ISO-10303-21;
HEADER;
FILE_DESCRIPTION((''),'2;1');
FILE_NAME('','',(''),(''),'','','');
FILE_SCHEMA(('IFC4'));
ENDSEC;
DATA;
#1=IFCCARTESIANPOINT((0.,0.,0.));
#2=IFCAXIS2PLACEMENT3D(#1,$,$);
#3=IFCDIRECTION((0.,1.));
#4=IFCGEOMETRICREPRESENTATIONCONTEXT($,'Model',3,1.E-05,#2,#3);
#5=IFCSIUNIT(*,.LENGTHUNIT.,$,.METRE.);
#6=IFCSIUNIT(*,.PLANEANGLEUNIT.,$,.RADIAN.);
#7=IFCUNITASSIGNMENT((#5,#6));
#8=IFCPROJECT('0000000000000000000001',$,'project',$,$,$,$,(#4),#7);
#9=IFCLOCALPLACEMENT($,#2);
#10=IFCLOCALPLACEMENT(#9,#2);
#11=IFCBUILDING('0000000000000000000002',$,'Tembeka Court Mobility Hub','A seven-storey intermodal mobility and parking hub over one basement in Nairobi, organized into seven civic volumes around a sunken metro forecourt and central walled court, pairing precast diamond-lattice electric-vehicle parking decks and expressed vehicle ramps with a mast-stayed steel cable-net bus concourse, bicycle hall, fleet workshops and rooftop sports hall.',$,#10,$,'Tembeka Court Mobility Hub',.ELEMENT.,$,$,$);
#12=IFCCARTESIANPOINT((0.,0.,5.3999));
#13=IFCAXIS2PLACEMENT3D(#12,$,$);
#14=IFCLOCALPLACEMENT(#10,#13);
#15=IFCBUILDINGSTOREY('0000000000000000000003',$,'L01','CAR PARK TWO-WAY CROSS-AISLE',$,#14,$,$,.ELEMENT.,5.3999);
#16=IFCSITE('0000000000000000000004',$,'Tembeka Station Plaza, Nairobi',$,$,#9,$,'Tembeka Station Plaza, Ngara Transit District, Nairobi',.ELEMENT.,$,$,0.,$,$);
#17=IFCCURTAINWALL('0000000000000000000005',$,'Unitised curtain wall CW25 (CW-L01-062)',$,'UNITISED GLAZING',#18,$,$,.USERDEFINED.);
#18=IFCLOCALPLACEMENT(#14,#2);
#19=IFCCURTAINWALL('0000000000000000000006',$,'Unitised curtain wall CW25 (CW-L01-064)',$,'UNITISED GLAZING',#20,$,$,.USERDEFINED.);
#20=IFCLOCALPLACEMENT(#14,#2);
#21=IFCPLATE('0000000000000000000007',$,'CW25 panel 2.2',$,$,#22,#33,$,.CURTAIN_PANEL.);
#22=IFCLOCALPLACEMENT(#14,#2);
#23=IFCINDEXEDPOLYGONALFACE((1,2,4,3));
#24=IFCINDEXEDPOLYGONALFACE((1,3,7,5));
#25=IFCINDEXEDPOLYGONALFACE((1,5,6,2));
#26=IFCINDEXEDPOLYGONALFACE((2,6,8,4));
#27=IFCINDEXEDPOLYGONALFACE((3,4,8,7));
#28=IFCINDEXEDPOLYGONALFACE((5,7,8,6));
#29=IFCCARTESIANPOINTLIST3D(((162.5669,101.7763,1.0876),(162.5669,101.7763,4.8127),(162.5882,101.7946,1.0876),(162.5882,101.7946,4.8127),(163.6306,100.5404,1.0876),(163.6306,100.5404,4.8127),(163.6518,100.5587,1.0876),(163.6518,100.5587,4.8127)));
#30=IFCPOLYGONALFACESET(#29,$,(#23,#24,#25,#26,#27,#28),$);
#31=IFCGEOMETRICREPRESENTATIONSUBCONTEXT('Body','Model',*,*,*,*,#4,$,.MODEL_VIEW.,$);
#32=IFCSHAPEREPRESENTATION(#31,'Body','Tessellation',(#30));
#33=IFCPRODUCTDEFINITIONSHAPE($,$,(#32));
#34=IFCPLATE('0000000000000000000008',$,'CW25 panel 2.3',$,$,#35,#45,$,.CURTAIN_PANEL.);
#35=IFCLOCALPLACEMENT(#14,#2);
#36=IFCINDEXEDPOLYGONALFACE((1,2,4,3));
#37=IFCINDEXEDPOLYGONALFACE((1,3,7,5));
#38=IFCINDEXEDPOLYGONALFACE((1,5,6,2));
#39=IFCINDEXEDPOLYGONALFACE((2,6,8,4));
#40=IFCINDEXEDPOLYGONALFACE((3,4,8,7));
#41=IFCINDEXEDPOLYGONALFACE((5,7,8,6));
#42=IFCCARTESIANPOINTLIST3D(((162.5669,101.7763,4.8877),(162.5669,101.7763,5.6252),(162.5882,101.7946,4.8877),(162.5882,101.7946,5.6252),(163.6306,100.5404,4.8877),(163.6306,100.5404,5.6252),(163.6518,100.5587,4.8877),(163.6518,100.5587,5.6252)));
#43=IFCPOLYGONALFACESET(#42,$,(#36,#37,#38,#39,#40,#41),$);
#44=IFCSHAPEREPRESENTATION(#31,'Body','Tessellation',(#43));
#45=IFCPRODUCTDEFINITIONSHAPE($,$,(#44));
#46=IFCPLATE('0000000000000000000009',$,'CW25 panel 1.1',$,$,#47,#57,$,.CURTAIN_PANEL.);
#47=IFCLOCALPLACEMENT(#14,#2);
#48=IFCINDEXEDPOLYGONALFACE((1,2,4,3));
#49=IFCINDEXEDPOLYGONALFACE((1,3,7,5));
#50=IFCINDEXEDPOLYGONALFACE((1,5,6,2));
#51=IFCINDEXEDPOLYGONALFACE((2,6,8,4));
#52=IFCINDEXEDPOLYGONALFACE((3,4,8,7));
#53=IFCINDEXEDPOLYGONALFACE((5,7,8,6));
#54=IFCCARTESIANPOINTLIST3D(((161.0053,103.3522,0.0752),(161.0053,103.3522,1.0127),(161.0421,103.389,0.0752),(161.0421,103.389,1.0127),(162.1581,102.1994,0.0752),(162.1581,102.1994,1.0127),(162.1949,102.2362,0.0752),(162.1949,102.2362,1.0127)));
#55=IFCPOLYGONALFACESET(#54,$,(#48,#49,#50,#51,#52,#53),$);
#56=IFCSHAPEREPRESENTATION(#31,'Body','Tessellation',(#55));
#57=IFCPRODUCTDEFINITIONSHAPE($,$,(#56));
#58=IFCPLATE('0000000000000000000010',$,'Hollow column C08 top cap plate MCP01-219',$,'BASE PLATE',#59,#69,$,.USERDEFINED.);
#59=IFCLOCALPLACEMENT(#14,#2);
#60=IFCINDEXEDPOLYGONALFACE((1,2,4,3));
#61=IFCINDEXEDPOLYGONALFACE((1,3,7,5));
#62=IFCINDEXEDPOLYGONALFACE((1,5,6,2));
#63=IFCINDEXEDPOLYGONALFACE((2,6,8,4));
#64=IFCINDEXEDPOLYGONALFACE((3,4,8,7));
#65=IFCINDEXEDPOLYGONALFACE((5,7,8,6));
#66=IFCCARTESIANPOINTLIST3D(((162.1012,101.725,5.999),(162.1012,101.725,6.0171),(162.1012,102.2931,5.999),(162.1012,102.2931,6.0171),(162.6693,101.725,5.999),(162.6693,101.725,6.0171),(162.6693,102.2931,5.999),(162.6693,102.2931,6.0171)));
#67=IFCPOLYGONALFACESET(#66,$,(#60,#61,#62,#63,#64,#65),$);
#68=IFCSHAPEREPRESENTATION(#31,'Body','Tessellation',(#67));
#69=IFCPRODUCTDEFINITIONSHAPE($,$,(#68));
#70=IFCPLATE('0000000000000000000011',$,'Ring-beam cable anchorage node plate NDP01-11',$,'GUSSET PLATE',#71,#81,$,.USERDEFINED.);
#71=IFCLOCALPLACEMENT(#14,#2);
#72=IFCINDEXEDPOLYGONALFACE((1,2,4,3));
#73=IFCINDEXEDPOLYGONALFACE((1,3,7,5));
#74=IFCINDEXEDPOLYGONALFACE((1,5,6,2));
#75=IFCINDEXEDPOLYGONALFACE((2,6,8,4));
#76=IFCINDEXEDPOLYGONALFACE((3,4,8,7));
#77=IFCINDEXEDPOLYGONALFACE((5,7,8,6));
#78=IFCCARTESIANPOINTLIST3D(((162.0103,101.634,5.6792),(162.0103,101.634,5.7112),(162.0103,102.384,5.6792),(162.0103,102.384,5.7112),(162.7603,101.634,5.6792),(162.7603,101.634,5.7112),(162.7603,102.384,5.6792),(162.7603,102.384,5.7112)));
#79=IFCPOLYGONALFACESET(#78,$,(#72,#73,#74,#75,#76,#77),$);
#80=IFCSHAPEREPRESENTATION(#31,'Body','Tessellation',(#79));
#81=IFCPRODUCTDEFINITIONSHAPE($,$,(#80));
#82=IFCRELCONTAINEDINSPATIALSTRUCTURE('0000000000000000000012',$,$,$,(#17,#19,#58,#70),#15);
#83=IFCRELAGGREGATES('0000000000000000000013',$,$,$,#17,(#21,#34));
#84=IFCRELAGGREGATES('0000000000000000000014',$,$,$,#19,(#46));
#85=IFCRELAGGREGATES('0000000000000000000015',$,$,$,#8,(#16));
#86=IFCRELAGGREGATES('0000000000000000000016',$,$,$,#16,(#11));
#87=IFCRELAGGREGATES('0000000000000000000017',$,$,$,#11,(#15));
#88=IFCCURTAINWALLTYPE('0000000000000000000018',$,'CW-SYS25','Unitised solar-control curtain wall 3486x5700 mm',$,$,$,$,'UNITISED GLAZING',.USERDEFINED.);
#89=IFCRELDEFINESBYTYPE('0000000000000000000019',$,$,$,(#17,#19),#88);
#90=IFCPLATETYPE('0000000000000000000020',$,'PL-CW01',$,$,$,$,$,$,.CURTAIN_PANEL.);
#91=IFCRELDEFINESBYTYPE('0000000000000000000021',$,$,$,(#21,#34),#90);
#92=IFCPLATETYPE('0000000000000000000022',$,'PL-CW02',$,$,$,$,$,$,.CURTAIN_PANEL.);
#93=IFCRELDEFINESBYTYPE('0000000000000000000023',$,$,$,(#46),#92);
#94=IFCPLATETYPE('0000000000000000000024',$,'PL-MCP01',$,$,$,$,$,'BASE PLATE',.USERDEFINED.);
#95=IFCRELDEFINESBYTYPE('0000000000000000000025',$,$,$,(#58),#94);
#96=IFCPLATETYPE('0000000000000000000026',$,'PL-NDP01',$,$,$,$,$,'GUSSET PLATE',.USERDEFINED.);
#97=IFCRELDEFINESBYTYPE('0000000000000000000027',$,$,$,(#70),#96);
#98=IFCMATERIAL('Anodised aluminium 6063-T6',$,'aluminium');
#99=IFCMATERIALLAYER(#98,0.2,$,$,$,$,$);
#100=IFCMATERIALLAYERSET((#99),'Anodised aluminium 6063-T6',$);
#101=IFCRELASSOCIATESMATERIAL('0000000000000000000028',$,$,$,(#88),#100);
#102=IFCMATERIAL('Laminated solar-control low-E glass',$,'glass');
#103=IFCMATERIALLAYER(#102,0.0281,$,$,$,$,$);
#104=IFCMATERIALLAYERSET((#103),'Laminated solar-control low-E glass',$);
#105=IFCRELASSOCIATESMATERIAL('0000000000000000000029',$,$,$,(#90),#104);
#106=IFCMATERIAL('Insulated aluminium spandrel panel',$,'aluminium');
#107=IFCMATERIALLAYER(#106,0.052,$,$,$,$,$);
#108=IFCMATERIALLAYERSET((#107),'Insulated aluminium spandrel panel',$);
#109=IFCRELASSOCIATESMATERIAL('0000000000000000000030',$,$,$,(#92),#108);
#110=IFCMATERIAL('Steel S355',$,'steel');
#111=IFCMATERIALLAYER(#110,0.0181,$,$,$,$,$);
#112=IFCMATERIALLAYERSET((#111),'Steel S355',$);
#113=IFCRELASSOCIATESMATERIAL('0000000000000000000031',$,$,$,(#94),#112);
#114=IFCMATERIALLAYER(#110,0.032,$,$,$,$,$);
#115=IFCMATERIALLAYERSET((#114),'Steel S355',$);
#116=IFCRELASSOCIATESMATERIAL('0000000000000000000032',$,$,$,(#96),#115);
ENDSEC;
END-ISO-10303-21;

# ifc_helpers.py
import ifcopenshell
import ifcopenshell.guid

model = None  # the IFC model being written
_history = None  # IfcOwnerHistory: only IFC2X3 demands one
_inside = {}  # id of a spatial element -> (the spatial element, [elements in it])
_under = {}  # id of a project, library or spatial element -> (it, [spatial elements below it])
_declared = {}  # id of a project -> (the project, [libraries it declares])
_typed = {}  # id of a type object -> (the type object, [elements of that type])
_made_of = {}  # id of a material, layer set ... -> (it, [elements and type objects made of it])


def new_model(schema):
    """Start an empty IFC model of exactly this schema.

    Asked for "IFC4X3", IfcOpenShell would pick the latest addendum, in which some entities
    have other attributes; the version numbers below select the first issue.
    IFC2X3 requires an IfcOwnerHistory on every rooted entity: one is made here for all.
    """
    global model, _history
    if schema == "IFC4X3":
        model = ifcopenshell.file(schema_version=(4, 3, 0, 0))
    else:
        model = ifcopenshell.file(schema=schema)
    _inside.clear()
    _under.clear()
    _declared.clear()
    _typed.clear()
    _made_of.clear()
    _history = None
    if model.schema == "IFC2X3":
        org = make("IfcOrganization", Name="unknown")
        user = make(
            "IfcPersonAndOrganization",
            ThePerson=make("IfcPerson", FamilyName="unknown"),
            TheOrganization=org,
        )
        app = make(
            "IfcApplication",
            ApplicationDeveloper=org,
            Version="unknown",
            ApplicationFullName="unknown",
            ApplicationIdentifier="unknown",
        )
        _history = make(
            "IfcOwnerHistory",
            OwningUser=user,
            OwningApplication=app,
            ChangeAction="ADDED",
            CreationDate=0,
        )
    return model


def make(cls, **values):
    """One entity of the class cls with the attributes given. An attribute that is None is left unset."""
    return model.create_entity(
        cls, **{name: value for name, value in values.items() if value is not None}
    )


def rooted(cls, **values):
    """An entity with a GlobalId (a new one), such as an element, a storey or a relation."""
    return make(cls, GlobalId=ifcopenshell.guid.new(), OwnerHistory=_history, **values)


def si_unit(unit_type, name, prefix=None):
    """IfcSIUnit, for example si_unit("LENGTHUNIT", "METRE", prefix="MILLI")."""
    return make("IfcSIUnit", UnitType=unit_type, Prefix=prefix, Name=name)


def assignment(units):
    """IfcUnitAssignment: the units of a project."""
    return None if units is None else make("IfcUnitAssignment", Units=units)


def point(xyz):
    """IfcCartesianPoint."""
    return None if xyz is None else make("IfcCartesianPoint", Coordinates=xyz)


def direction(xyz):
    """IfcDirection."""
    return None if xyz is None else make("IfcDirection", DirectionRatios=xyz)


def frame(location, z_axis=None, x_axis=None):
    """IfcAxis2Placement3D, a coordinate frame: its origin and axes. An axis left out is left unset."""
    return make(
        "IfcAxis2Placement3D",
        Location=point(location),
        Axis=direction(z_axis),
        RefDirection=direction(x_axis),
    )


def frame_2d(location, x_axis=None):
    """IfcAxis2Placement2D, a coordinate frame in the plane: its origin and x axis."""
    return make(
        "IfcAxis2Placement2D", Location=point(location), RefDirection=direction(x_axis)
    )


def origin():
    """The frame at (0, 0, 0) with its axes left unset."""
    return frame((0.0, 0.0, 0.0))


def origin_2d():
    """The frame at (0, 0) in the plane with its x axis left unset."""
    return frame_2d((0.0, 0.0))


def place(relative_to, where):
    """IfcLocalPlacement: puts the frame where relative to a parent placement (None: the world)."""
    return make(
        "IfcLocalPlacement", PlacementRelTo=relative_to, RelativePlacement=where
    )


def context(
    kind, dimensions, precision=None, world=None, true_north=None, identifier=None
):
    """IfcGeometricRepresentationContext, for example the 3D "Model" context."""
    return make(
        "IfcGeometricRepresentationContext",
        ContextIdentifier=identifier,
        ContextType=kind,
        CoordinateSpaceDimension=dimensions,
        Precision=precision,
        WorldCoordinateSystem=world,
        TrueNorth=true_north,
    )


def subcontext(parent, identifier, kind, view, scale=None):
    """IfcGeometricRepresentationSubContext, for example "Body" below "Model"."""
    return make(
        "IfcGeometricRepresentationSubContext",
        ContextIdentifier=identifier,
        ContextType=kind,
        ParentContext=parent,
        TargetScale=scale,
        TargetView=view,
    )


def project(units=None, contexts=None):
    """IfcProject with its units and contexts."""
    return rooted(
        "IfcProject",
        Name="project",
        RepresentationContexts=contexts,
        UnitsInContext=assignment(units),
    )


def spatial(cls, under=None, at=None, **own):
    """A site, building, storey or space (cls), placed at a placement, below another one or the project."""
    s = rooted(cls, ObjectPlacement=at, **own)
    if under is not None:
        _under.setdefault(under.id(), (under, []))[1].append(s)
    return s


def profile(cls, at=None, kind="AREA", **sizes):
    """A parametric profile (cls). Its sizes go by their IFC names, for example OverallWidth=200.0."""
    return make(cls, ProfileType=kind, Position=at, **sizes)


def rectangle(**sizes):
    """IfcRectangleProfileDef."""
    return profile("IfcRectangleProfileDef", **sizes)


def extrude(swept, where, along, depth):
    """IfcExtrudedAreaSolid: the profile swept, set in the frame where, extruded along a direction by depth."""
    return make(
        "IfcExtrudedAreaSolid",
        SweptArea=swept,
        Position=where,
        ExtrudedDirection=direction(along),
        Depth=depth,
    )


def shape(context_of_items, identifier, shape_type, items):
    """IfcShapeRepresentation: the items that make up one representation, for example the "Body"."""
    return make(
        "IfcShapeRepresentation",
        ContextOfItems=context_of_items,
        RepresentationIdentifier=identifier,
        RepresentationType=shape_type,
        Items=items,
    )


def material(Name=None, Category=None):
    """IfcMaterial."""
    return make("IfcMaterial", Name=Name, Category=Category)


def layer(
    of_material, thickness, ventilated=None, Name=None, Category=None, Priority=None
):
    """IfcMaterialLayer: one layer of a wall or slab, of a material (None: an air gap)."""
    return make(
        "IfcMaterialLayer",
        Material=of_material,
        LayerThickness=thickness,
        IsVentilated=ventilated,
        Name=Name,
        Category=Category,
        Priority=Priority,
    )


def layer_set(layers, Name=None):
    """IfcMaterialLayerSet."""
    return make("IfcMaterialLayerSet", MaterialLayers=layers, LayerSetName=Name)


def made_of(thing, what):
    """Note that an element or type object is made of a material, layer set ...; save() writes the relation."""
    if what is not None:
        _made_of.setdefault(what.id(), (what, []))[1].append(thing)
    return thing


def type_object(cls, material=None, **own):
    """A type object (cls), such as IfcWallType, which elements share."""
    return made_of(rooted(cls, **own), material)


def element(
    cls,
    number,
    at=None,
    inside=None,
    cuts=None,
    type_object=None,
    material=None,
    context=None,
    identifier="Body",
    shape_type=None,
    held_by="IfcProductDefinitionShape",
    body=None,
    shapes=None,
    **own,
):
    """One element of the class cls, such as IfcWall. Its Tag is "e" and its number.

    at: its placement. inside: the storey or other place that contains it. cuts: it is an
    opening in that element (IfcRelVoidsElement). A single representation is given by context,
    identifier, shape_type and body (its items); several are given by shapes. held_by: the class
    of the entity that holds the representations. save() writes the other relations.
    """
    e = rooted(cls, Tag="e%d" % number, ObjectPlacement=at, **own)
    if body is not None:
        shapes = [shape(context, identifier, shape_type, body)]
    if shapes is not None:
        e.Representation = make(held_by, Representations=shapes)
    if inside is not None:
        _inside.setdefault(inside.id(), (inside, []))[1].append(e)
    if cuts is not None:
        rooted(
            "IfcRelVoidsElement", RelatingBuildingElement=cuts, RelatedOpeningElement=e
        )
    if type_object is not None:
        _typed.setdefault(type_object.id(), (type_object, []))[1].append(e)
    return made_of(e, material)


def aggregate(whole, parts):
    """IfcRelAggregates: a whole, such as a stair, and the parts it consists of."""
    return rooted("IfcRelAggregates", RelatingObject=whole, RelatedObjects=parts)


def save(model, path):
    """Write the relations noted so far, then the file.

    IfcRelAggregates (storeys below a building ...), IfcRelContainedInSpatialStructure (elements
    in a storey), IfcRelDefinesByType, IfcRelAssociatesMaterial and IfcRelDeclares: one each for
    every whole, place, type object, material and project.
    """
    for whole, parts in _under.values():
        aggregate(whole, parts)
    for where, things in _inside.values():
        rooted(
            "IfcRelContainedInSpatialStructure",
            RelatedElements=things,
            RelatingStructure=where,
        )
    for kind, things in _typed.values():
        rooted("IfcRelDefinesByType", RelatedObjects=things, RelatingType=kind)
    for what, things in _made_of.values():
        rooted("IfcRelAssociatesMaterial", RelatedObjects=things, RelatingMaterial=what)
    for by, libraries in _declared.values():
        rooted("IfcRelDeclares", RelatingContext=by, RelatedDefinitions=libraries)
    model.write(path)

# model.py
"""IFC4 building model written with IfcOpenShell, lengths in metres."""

from ifc_helpers import new_model, si_unit, direction, frame, origin, origin_2d, place, context, subcontext, project, spatial, rectangle, extrude, material, layer, layer_set, type_object, element, aggregate, save


model = new_model("IFC4")

# Units and contexts
model_context = context("Model", 3, precision=1e-05, world=origin(), true_north=direction((0.0, 1.0)))
body_context = subcontext(model_context, "Body", "Model", "MODEL_VIEW")
ifc_project = project(units=[si_unit("LENGTHUNIT", "METRE"), si_unit("PLANEANGLEUNIT", "RADIAN")], contexts=[model_context])

# Site, building, storey
site_placement = place(None, origin())
site = spatial("IfcSite", under=ifc_project, at=site_placement, Name="Tembeka Station Plaza, Nairobi", LongName="Tembeka Station Plaza, Ngara Transit District, Nairobi", CompositionType="ELEMENT", RefElevation=0.0)
building_placement = place(site_placement, origin())
building = spatial("IfcBuilding", under=site, at=building_placement, Name="Tembeka Court Mobility Hub", Description="A seven-storey intermodal mobility and parking hub over one basement in Nairobi, organized into seven civic volumes around a sunken metro forecourt and central walled court, pairing precast diamond-lattice electric-vehicle parking decks and expressed vehicle ramps with a mast-stayed steel cable-net bus concourse, bicycle hall, fleet workshops and rooftop sports hall.", LongName="Tembeka Court Mobility Hub", CompositionType="ELEMENT")
storey_placement = place(building_placement, frame((0.0, 0.0, 5.3999)))
storey = spatial("IfcBuildingStorey", under=building, at=storey_placement, Name="L01", Description="CAR PARK TWO-WAY CROSS-AISLE", CompositionType="ELEMENT", Elevation=5.3999)

# Shared definitions
ifc_material_1 = material(Name="Steel S355", Category="steel")

# Curtain wall
ifc_material_2 = material(Name="Anodised aluminium 6063-T6", Category="aluminium")
ifc_layer_1 = layer(ifc_material_2, 0.2)
ifc_layer_set_1 = layer_set([ifc_layer_1], Name="Anodised aluminium 6063-T6")
curtain_wall_type = type_object("IfcCurtainWallType", Name="CW-SYS25", Description="Unitised solar-control curtain wall 3486x5700 mm", ElementType="UNITISED GLAZING", PredefinedType="USERDEFINED", material=ifc_layer_set_1)
curtain_wall_1_placement = place(storey_placement, origin())
curtain_wall_1 = element("IfcCurtainWall", 1, at=curtain_wall_1_placement, inside=storey, type_object=curtain_wall_type, Name="Unitised curtain wall CW25 (CW-L01-062)", ObjectType="UNITISED GLAZING", PredefinedType="USERDEFINED")

# Curtain wall
curtain_wall_2_placement = place(storey_placement, origin())
curtain_wall_2 = element("IfcCurtainWall", 2, at=curtain_wall_2_placement, inside=storey, type_object=curtain_wall_type, Name="Unitised curtain wall CW25 (CW-L01-064)", ObjectType="UNITISED GLAZING", PredefinedType="USERDEFINED")

# Plates
ifc_material_3 = material(Name="Laminated solar-control low-E glass", Category="glass")
ifc_layer_2 = layer(ifc_material_3, 0.0281)
ifc_layer_set_2 = layer_set([ifc_layer_2], Name="Laminated solar-control low-E glass")
plate_type_1 = type_object("IfcPlateType", Name="PL-CW01", PredefinedType="CURTAIN_PANEL", material=ifc_layer_set_2)
plate_1_placement = place(storey_placement, frame((163.1094, 101.1675, 1.0876), z_axis=(0.0, 0.0, 1.0), x_axis=(-0.652307, 0.757955, 0.0)))
plate_1 = element("IfcPlate", 3, at=plate_1_placement, type_object=plate_type_1, Name="CW25 panel 2.2", PredefinedType="CURTAIN_PANEL", context=body_context, shape_type="SweptSolid", body=[
    extrude(rectangle(XDim=1.6306, YDim=0.0281, at=origin_2d()), origin(), (0.0, 0.0, 1.0), 3.7251),
])
plate_2_placement = place(storey_placement, frame((163.1094, 101.1675, 4.8877), z_axis=(0.0, 0.0, 1.0), x_axis=(-0.652307, 0.757955, 0.0)))
plate_2 = element("IfcPlate", 4, at=plate_2_placement, type_object=plate_type_1, Name="CW25 panel 2.3", PredefinedType="CURTAIN_PANEL", context=body_context, shape_type="SweptSolid", body=[
    extrude(rectangle(XDim=1.6306, YDim=0.0281, at=origin_2d()), origin(), (0.0, 0.0, 1.0), 0.7375),
])
aggregate(curtain_wall_1, [plate_1, plate_2])
ifc_material_4 = material(Name="Insulated aluminium spandrel panel", Category="aluminium")
ifc_layer_3 = layer(ifc_material_4, 0.052)
ifc_layer_set_3 = layer_set([ifc_layer_3], Name="Insulated aluminium spandrel panel")
plate_type_2 = type_object("IfcPlateType", Name="PL-CW02", PredefinedType="CURTAIN_PANEL", material=ifc_layer_set_3)
plate_3_placement = place(storey_placement, frame((161.6001, 102.7942, 0.0752), z_axis=(0.0, 0.0, 1.0), x_axis=(-0.707107, 0.707107, 0.0)))
plate_3 = element("IfcPlate", 5, at=plate_3_placement, type_object=plate_type_2, Name="CW25 panel 1.1", PredefinedType="CURTAIN_PANEL", context=body_context, shape_type="SweptSolid", body=[
    extrude(rectangle(XDim=1.6304, YDim=0.052, at=origin_2d()), origin(), (0.0, 0.0, 1.0), 0.9375),
])
aggregate(curtain_wall_2, [plate_3])

# Plates
ifc_layer_4 = layer(ifc_material_1, 0.0181)
ifc_layer_set_4 = layer_set([ifc_layer_4], Name="Steel S355")
plate_type_3 = type_object("IfcPlateType", Name="PL-MCP01", ElementType="BASE PLATE", PredefinedType="USERDEFINED", material=ifc_layer_set_4)
plate_4_placement = place(storey_placement, frame((162.3853, 102.009, 5.999), z_axis=(0.0, 0.0, 1.0), x_axis=(1.0, 0.0, 0.0)))
element("IfcPlate", 6, at=plate_4_placement, inside=storey, type_object=plate_type_3, Name="Hollow column C08 top cap plate MCP01-219", ObjectType="BASE PLATE", PredefinedType="USERDEFINED", context=body_context, shape_type="SweptSolid", body=[
    extrude(rectangle(XDim=0.5681, YDim=0.5681, at=origin_2d()), origin(), (0.0, 0.0, 1.0), 0.0181),
])
ifc_layer_5 = layer(ifc_material_1, 0.032)
ifc_layer_set_5 = layer_set([ifc_layer_5], Name="Steel S355")
plate_type_4 = type_object("IfcPlateType", Name="PL-NDP01", ElementType="GUSSET PLATE", PredefinedType="USERDEFINED", material=ifc_layer_set_5)
plate_5_placement = place(storey_placement, frame((162.3853, 102.009, 5.6792), z_axis=(0.0, 0.0, 1.0), x_axis=(1.0, 0.0, 0.0)))
element("IfcPlate", 7, at=plate_5_placement, inside=storey, type_object=plate_type_4, Name="Ring-beam cable anchorage node plate NDP01-11", ObjectType="GUSSET PLATE", PredefinedType="USERDEFINED", context=body_context, shape_type="SweptSolid", body=[
    extrude(rectangle(XDim=0.75, YDim=0.75, at=origin_2d()), origin(), (0.0, 0.0, 1.0), 0.032),
])

save(model, "model.ifc")
